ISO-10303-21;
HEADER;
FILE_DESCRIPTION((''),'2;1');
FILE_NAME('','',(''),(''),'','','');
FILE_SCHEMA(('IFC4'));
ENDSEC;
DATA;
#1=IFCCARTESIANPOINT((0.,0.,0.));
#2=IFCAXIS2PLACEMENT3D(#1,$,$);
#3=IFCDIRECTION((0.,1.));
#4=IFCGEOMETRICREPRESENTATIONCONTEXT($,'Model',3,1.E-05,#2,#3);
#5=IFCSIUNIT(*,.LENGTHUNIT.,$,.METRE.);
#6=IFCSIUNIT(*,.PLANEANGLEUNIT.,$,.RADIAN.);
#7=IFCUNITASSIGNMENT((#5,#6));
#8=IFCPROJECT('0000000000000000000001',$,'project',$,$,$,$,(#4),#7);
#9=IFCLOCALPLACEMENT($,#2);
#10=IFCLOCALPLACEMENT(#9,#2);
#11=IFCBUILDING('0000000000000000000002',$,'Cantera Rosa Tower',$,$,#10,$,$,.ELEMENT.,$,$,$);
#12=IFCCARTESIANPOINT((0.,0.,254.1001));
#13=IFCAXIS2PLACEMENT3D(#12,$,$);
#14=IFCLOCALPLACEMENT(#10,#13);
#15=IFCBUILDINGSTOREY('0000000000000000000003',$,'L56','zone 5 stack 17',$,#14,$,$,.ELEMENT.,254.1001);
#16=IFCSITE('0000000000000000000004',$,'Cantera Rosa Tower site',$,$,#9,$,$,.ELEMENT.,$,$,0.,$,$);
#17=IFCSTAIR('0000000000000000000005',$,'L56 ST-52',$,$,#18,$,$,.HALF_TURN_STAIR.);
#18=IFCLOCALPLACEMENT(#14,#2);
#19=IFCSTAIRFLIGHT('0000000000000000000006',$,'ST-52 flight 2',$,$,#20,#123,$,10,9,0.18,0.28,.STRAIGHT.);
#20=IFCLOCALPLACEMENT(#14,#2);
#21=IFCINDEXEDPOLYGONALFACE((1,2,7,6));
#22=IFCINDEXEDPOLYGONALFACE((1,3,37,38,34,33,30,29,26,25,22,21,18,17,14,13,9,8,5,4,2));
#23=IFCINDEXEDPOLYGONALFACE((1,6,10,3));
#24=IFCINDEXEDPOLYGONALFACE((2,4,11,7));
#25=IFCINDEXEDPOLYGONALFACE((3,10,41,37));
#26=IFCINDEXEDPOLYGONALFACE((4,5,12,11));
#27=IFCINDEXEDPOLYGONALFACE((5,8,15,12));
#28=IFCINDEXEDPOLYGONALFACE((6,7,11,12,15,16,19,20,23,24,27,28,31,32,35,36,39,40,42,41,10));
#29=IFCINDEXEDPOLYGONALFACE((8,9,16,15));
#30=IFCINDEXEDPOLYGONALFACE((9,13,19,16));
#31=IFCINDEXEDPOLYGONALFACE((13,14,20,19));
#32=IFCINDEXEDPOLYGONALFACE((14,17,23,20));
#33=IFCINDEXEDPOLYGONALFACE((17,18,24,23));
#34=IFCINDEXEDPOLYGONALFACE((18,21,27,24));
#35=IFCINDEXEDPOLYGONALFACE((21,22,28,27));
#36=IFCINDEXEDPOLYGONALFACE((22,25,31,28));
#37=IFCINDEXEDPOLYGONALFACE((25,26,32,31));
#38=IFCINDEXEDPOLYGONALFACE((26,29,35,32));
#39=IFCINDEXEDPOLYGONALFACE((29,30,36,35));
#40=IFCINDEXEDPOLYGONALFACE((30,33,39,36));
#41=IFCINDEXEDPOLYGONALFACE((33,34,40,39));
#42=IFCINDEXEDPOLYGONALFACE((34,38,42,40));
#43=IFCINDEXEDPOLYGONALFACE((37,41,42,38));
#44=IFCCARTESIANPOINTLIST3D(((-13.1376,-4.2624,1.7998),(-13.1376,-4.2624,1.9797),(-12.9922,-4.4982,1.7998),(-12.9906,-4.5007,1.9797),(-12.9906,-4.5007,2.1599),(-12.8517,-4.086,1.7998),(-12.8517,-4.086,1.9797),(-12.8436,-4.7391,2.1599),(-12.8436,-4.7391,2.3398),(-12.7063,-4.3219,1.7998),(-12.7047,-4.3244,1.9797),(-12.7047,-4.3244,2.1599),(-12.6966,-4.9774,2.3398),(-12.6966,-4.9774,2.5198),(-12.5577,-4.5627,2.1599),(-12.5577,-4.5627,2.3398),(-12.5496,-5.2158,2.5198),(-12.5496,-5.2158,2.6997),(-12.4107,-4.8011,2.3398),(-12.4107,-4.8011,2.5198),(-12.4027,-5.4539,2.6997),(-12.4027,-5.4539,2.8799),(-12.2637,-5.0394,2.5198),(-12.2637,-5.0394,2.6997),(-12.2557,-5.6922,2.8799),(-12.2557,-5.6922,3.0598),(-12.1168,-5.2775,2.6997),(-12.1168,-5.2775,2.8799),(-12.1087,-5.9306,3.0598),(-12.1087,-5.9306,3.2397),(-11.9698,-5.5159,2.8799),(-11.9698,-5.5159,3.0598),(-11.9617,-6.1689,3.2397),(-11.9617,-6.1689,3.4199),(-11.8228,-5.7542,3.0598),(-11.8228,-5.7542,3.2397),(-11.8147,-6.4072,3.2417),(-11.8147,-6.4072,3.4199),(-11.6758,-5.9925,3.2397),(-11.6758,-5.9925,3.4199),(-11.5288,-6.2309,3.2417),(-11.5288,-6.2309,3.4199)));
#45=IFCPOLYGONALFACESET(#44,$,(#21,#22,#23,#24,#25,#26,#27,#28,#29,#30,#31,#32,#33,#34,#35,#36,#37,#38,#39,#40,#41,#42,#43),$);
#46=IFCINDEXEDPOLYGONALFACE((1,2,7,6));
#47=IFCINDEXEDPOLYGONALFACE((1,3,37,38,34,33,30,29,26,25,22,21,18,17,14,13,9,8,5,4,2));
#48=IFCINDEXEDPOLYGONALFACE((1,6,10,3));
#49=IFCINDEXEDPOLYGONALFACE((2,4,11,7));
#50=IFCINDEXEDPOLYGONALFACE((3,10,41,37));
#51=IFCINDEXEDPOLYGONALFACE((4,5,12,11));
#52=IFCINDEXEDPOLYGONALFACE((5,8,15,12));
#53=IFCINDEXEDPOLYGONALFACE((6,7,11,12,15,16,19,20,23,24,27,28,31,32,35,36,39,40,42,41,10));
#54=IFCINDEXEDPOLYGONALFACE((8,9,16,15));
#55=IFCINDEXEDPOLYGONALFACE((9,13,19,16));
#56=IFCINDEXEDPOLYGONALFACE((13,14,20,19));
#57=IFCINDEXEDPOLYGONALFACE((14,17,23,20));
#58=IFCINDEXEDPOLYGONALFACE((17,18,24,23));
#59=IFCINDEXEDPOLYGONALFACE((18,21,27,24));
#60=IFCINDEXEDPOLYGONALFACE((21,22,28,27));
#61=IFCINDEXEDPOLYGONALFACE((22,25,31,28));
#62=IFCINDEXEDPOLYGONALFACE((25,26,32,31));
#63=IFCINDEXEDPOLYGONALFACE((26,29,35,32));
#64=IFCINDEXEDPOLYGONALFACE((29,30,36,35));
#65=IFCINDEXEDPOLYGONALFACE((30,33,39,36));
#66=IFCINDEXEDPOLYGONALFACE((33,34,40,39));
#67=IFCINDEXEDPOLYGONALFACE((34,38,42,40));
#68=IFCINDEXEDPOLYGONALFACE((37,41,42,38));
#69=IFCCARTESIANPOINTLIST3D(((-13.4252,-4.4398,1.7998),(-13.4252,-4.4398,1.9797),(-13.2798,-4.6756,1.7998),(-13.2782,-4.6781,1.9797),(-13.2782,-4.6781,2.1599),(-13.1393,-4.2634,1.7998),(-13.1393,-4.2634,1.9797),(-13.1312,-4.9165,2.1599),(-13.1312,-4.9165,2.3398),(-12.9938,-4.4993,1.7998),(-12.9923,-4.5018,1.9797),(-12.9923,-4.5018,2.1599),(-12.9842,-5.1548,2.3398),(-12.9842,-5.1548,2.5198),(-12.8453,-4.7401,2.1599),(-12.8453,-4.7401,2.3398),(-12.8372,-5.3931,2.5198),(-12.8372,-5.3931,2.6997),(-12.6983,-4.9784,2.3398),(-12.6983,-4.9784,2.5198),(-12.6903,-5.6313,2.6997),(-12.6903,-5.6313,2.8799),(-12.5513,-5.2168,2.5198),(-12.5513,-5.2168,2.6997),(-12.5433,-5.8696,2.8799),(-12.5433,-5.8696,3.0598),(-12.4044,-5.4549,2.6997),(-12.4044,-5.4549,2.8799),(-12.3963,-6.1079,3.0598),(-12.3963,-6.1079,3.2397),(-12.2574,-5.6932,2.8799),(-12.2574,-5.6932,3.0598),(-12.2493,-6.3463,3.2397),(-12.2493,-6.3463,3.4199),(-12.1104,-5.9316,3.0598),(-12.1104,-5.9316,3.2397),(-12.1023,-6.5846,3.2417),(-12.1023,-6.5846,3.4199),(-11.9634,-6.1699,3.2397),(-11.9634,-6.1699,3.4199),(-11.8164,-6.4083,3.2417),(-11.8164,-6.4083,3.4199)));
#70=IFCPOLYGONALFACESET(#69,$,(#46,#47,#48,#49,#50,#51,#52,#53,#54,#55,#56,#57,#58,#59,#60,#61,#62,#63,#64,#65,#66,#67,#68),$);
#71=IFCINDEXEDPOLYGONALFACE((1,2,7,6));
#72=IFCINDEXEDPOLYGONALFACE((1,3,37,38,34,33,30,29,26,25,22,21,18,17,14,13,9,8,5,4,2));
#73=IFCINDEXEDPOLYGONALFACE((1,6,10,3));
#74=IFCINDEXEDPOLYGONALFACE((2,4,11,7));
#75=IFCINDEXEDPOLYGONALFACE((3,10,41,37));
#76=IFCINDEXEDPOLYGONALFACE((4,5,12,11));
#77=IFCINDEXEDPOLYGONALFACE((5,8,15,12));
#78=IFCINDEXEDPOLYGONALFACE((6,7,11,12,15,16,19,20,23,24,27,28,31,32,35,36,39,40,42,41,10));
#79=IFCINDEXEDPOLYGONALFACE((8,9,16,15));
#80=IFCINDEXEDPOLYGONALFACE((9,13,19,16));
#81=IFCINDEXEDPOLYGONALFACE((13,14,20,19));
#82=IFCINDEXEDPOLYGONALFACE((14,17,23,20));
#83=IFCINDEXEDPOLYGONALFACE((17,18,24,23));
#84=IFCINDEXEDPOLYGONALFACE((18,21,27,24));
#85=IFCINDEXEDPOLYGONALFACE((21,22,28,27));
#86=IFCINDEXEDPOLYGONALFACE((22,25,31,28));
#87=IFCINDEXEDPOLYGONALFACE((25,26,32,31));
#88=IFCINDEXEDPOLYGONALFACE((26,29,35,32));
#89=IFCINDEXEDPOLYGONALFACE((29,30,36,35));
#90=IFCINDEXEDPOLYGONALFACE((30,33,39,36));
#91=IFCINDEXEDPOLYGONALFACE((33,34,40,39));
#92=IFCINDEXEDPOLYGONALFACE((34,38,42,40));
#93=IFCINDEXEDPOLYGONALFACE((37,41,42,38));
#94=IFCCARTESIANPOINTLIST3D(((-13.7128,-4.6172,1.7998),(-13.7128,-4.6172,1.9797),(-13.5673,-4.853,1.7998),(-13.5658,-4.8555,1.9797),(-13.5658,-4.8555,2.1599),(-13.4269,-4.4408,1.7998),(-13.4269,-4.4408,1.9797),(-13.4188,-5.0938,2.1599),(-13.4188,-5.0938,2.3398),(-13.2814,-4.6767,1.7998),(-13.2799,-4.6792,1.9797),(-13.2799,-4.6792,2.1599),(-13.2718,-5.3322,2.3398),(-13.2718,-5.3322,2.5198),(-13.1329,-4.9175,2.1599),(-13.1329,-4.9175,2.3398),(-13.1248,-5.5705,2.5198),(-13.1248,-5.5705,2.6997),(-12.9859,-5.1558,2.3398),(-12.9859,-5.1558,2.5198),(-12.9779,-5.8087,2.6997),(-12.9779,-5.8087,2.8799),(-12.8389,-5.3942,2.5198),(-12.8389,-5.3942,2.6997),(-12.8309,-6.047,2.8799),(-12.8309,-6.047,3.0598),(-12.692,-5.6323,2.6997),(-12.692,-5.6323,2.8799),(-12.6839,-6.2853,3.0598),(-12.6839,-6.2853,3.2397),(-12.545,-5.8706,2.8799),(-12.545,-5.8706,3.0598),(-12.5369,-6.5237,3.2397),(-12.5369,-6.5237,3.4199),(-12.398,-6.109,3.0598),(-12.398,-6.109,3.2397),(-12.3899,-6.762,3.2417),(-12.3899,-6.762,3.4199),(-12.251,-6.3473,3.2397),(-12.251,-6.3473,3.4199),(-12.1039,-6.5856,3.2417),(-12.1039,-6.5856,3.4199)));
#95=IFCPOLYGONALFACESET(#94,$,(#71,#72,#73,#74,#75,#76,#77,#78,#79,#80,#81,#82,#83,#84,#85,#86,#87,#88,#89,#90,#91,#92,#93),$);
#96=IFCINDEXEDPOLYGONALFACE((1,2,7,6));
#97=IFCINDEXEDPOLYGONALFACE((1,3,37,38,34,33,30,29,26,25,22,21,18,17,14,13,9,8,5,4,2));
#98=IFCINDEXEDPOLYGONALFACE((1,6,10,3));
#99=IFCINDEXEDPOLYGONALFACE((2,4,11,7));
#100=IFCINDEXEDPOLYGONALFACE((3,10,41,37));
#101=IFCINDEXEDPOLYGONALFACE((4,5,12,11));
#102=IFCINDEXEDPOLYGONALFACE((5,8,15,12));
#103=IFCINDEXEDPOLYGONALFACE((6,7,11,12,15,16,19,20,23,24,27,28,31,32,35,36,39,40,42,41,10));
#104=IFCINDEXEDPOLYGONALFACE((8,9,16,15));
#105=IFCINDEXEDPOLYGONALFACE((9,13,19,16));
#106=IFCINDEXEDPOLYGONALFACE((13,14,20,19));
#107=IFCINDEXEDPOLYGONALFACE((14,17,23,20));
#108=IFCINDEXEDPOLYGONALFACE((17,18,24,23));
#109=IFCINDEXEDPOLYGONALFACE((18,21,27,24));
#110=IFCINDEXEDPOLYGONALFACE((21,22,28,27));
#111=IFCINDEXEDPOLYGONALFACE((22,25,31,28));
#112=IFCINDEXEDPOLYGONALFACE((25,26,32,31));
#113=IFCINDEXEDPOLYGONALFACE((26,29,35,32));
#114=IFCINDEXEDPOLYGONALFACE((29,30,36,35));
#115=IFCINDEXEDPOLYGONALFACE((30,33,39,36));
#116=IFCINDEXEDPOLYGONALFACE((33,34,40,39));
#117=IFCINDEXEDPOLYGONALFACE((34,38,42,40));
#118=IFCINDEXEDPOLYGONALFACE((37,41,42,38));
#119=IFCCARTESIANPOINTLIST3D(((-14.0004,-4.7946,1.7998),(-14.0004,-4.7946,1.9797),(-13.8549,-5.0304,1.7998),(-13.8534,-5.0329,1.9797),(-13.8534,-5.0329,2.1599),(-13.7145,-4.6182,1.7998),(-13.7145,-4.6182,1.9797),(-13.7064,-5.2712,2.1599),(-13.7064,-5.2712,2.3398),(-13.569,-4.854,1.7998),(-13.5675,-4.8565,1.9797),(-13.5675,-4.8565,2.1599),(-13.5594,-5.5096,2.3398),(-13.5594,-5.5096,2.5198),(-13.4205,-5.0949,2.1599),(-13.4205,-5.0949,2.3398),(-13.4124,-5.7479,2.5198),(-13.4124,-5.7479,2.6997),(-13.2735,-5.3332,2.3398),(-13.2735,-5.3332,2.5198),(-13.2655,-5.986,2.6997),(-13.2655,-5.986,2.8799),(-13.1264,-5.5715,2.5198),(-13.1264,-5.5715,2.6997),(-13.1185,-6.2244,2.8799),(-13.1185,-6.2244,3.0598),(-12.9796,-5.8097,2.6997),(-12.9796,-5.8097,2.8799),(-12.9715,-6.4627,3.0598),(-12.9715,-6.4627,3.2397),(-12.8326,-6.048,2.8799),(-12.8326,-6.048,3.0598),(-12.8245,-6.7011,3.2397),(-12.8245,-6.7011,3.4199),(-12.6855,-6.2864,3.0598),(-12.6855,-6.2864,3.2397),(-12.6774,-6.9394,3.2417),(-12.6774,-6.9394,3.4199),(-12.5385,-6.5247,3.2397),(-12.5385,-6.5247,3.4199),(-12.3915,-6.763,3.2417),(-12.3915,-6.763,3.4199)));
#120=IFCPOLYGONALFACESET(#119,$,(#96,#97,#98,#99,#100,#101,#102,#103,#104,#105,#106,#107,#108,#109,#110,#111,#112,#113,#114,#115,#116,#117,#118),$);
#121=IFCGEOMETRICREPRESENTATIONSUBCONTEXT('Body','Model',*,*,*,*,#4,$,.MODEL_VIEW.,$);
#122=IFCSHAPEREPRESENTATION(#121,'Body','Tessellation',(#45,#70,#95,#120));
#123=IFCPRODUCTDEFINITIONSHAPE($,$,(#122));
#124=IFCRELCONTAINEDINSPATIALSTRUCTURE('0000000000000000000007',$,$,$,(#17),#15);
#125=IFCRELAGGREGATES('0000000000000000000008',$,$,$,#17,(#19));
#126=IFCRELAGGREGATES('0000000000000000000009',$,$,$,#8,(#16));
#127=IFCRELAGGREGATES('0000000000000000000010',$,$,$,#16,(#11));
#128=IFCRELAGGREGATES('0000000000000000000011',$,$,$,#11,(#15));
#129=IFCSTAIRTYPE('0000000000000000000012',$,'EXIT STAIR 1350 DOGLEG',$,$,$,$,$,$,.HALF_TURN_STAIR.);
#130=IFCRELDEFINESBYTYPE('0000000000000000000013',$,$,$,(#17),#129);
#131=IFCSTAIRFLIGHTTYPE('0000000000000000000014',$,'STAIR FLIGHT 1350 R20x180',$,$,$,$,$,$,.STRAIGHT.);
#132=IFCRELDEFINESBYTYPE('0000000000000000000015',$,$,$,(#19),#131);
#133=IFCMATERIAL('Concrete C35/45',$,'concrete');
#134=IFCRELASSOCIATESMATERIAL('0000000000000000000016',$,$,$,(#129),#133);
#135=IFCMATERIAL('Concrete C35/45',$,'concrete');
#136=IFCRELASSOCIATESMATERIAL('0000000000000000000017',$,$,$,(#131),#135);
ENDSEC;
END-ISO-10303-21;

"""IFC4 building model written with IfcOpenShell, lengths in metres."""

from ifc_helpers import new_model, si_unit, direction, frame, origin, place, context, subcontext, project, spatial, polyline, outline, extrude, material, type_object, element, aggregate, save


model = new_model("IFC4")

# Units and contexts
model_context = context("Model", 3, precision=1e-05, world=origin(), true_north=direction((0.0, 1.0)))
body_context = subcontext(model_context, "Body", "Model", "MODEL_VIEW")
ifc_project = project(units=[si_unit("LENGTHUNIT", "METRE"), si_unit("PLANEANGLEUNIT", "RADIAN")], contexts=[model_context])

# Site, building, storey
site_placement = place(None, origin())
site = spatial("IfcSite", under=ifc_project, at=site_placement, Name="Cantera Rosa Tower site", CompositionType="ELEMENT", RefElevation=0.0)
building_placement = place(site_placement, origin())
building = spatial("IfcBuilding", under=site, at=building_placement, Name="Cantera Rosa Tower", CompositionType="ELEMENT")
storey_placement = place(building_placement, frame((0.0, 0.0, 254.1001)))
storey = spatial("IfcBuildingStorey", under=building, at=storey_placement, Name="L56", Description="zone 5 stack 17", CompositionType="ELEMENT", Elevation=254.1001)

# Stair, stair flight
ifc_material_1 = material(Name="Concrete C35/45", Category="concrete")
stair_type = type_object("IfcStairType", Name="EXIT STAIR 1350 DOGLEG", PredefinedType="HALF_TURN_STAIR", material=ifc_material_1)
stair_placement = place(storey_placement, origin())
stair = element("IfcStair", 1, at=stair_placement, inside=storey, type_object=stair_type, Name="L56 ST-52", PredefinedType="HALF_TURN_STAIR")
ifc_material_2 = material(Name="Concrete C35/45", Category="concrete")
stair_flight_type = type_object("IfcStairFlightType", Name="STAIR FLIGHT 1350 R20x180", PredefinedType="STRAIGHT", material=ifc_material_2)
stair_flight_1_placement = place(storey_placement, frame((-13.4263, -4.4404, 1.7998), z_axis=(0.0, 0.0, 1.0), x_axis=(0.524977, -0.851117, 0.0)))
stair_flight_1 = element("IfcStairFlight", 2, at=stair_flight_1_placement, type_object=stair_flight_type, Name="ST-52 flight 2", NumberOfRisers=10, NumberOfTreads=9, PredefinedType="STRAIGHT", RiserHeight=0.18, TreadLength=0.28, context=body_context, shape_type="SweptSolid", body=[
    extrude(outline(polyline([(0.0, 0.0), (0.0, 0.1799), (0.28, 0.1799), (0.28, 0.3601), (0.5601, 0.3601), (0.5601, 0.54), (0.8401, 0.54), (0.8401, 0.72), (1.1201, 0.72), (1.1201, 0.8999), (1.3999, 0.8999), (1.3999, 1.0801), (1.6799, 1.0801), (1.6799, 1.26), (1.96, 1.26), (1.96, 1.4399), (2.24, 1.4399), (2.24, 1.6201), (2.52, 1.6201), (2.52, 1.8), (2.52, 1.4419), (0.2771, 0.0), (0.0, 0.0)])), frame((0.0, 0.675, 0.0), z_axis=(0.0, -1.0, 0.0), x_axis=(1.0, 0.0, 0.0)), (0.0, 0.0, 1.0), 0.3359),
    extrude(outline(polyline([(0.0, 0.0), (0.0, 0.1799), (0.28, 0.1799), (0.28, 0.3601), (0.5601, 0.3601), (0.5601, 0.54), (0.8401, 0.54), (0.8401, 0.72), (1.1201, 0.72), (1.1201, 0.8999), (1.3999, 0.8999), (1.3999, 1.0801), (1.6799, 1.0801), (1.6799, 1.26), (1.96, 1.26), (1.96, 1.4399), (2.24, 1.4399), (2.24, 1.6201), (2.52, 1.6201), (2.52, 1.8), (2.52, 1.4419), (0.2771, 0.0), (0.0, 0.0)])), frame((0.0, 0.3372, 0.0), z_axis=(0.0, -1.0, 0.0), x_axis=(1.0, 0.0, 0.0)), (0.0, 0.0, 1.0), 0.3359),
    extrude(outline(polyline([(0.0, 0.0), (0.0, 0.1799), (0.28, 0.1799), (0.28, 0.3601), (0.5601, 0.3601), (0.5601, 0.54), (0.8401, 0.54), (0.8401, 0.72), (1.1201, 0.72), (1.1201, 0.8999), (1.3999, 0.8999), (1.3999, 1.0801), (1.6799, 1.0801), (1.6799, 1.26), (1.96, 1.26), (1.96, 1.4399), (2.24, 1.4399), (2.24, 1.6201), (2.52, 1.6201), (2.52, 1.8), (2.52, 1.4419), (0.2771, 0.0), (0.0, 0.0)])), frame((0.0, -0.0007, 0.0), z_axis=(0.0, -1.0, 0.0), x_axis=(1.0, 0.0, 0.0)), (0.0, 0.0, 1.0), 0.3359),
    extrude(outline(polyline([(0.0, 0.0), (0.0, 0.1799), (0.28, 0.1799), (0.28, 0.3601), (0.5601, 0.3601), (0.5601, 0.54), (0.8401, 0.54), (0.8401, 0.72), (1.1201, 0.72), (1.1201, 0.8999), (1.3999, 0.8999), (1.3999, 1.0801), (1.6799, 1.0801), (1.6799, 1.26), (1.96, 1.26), (1.96, 1.4399), (2.24, 1.4399), (2.24, 1.6201), (2.52, 1.6201), (2.52, 1.8), (2.52, 1.4419), (0.2771, 0.0), (0.0, 0.0)])), frame((0.0, -0.3386, 0.0), z_axis=(0.0, -1.0, 0.0), x_axis=(1.0, 0.0, 0.0)), (0.0, 0.0, 1.0), 0.3359),
])
aggregate(stair, [stair_flight_1])

save(model, "model.ifc")
